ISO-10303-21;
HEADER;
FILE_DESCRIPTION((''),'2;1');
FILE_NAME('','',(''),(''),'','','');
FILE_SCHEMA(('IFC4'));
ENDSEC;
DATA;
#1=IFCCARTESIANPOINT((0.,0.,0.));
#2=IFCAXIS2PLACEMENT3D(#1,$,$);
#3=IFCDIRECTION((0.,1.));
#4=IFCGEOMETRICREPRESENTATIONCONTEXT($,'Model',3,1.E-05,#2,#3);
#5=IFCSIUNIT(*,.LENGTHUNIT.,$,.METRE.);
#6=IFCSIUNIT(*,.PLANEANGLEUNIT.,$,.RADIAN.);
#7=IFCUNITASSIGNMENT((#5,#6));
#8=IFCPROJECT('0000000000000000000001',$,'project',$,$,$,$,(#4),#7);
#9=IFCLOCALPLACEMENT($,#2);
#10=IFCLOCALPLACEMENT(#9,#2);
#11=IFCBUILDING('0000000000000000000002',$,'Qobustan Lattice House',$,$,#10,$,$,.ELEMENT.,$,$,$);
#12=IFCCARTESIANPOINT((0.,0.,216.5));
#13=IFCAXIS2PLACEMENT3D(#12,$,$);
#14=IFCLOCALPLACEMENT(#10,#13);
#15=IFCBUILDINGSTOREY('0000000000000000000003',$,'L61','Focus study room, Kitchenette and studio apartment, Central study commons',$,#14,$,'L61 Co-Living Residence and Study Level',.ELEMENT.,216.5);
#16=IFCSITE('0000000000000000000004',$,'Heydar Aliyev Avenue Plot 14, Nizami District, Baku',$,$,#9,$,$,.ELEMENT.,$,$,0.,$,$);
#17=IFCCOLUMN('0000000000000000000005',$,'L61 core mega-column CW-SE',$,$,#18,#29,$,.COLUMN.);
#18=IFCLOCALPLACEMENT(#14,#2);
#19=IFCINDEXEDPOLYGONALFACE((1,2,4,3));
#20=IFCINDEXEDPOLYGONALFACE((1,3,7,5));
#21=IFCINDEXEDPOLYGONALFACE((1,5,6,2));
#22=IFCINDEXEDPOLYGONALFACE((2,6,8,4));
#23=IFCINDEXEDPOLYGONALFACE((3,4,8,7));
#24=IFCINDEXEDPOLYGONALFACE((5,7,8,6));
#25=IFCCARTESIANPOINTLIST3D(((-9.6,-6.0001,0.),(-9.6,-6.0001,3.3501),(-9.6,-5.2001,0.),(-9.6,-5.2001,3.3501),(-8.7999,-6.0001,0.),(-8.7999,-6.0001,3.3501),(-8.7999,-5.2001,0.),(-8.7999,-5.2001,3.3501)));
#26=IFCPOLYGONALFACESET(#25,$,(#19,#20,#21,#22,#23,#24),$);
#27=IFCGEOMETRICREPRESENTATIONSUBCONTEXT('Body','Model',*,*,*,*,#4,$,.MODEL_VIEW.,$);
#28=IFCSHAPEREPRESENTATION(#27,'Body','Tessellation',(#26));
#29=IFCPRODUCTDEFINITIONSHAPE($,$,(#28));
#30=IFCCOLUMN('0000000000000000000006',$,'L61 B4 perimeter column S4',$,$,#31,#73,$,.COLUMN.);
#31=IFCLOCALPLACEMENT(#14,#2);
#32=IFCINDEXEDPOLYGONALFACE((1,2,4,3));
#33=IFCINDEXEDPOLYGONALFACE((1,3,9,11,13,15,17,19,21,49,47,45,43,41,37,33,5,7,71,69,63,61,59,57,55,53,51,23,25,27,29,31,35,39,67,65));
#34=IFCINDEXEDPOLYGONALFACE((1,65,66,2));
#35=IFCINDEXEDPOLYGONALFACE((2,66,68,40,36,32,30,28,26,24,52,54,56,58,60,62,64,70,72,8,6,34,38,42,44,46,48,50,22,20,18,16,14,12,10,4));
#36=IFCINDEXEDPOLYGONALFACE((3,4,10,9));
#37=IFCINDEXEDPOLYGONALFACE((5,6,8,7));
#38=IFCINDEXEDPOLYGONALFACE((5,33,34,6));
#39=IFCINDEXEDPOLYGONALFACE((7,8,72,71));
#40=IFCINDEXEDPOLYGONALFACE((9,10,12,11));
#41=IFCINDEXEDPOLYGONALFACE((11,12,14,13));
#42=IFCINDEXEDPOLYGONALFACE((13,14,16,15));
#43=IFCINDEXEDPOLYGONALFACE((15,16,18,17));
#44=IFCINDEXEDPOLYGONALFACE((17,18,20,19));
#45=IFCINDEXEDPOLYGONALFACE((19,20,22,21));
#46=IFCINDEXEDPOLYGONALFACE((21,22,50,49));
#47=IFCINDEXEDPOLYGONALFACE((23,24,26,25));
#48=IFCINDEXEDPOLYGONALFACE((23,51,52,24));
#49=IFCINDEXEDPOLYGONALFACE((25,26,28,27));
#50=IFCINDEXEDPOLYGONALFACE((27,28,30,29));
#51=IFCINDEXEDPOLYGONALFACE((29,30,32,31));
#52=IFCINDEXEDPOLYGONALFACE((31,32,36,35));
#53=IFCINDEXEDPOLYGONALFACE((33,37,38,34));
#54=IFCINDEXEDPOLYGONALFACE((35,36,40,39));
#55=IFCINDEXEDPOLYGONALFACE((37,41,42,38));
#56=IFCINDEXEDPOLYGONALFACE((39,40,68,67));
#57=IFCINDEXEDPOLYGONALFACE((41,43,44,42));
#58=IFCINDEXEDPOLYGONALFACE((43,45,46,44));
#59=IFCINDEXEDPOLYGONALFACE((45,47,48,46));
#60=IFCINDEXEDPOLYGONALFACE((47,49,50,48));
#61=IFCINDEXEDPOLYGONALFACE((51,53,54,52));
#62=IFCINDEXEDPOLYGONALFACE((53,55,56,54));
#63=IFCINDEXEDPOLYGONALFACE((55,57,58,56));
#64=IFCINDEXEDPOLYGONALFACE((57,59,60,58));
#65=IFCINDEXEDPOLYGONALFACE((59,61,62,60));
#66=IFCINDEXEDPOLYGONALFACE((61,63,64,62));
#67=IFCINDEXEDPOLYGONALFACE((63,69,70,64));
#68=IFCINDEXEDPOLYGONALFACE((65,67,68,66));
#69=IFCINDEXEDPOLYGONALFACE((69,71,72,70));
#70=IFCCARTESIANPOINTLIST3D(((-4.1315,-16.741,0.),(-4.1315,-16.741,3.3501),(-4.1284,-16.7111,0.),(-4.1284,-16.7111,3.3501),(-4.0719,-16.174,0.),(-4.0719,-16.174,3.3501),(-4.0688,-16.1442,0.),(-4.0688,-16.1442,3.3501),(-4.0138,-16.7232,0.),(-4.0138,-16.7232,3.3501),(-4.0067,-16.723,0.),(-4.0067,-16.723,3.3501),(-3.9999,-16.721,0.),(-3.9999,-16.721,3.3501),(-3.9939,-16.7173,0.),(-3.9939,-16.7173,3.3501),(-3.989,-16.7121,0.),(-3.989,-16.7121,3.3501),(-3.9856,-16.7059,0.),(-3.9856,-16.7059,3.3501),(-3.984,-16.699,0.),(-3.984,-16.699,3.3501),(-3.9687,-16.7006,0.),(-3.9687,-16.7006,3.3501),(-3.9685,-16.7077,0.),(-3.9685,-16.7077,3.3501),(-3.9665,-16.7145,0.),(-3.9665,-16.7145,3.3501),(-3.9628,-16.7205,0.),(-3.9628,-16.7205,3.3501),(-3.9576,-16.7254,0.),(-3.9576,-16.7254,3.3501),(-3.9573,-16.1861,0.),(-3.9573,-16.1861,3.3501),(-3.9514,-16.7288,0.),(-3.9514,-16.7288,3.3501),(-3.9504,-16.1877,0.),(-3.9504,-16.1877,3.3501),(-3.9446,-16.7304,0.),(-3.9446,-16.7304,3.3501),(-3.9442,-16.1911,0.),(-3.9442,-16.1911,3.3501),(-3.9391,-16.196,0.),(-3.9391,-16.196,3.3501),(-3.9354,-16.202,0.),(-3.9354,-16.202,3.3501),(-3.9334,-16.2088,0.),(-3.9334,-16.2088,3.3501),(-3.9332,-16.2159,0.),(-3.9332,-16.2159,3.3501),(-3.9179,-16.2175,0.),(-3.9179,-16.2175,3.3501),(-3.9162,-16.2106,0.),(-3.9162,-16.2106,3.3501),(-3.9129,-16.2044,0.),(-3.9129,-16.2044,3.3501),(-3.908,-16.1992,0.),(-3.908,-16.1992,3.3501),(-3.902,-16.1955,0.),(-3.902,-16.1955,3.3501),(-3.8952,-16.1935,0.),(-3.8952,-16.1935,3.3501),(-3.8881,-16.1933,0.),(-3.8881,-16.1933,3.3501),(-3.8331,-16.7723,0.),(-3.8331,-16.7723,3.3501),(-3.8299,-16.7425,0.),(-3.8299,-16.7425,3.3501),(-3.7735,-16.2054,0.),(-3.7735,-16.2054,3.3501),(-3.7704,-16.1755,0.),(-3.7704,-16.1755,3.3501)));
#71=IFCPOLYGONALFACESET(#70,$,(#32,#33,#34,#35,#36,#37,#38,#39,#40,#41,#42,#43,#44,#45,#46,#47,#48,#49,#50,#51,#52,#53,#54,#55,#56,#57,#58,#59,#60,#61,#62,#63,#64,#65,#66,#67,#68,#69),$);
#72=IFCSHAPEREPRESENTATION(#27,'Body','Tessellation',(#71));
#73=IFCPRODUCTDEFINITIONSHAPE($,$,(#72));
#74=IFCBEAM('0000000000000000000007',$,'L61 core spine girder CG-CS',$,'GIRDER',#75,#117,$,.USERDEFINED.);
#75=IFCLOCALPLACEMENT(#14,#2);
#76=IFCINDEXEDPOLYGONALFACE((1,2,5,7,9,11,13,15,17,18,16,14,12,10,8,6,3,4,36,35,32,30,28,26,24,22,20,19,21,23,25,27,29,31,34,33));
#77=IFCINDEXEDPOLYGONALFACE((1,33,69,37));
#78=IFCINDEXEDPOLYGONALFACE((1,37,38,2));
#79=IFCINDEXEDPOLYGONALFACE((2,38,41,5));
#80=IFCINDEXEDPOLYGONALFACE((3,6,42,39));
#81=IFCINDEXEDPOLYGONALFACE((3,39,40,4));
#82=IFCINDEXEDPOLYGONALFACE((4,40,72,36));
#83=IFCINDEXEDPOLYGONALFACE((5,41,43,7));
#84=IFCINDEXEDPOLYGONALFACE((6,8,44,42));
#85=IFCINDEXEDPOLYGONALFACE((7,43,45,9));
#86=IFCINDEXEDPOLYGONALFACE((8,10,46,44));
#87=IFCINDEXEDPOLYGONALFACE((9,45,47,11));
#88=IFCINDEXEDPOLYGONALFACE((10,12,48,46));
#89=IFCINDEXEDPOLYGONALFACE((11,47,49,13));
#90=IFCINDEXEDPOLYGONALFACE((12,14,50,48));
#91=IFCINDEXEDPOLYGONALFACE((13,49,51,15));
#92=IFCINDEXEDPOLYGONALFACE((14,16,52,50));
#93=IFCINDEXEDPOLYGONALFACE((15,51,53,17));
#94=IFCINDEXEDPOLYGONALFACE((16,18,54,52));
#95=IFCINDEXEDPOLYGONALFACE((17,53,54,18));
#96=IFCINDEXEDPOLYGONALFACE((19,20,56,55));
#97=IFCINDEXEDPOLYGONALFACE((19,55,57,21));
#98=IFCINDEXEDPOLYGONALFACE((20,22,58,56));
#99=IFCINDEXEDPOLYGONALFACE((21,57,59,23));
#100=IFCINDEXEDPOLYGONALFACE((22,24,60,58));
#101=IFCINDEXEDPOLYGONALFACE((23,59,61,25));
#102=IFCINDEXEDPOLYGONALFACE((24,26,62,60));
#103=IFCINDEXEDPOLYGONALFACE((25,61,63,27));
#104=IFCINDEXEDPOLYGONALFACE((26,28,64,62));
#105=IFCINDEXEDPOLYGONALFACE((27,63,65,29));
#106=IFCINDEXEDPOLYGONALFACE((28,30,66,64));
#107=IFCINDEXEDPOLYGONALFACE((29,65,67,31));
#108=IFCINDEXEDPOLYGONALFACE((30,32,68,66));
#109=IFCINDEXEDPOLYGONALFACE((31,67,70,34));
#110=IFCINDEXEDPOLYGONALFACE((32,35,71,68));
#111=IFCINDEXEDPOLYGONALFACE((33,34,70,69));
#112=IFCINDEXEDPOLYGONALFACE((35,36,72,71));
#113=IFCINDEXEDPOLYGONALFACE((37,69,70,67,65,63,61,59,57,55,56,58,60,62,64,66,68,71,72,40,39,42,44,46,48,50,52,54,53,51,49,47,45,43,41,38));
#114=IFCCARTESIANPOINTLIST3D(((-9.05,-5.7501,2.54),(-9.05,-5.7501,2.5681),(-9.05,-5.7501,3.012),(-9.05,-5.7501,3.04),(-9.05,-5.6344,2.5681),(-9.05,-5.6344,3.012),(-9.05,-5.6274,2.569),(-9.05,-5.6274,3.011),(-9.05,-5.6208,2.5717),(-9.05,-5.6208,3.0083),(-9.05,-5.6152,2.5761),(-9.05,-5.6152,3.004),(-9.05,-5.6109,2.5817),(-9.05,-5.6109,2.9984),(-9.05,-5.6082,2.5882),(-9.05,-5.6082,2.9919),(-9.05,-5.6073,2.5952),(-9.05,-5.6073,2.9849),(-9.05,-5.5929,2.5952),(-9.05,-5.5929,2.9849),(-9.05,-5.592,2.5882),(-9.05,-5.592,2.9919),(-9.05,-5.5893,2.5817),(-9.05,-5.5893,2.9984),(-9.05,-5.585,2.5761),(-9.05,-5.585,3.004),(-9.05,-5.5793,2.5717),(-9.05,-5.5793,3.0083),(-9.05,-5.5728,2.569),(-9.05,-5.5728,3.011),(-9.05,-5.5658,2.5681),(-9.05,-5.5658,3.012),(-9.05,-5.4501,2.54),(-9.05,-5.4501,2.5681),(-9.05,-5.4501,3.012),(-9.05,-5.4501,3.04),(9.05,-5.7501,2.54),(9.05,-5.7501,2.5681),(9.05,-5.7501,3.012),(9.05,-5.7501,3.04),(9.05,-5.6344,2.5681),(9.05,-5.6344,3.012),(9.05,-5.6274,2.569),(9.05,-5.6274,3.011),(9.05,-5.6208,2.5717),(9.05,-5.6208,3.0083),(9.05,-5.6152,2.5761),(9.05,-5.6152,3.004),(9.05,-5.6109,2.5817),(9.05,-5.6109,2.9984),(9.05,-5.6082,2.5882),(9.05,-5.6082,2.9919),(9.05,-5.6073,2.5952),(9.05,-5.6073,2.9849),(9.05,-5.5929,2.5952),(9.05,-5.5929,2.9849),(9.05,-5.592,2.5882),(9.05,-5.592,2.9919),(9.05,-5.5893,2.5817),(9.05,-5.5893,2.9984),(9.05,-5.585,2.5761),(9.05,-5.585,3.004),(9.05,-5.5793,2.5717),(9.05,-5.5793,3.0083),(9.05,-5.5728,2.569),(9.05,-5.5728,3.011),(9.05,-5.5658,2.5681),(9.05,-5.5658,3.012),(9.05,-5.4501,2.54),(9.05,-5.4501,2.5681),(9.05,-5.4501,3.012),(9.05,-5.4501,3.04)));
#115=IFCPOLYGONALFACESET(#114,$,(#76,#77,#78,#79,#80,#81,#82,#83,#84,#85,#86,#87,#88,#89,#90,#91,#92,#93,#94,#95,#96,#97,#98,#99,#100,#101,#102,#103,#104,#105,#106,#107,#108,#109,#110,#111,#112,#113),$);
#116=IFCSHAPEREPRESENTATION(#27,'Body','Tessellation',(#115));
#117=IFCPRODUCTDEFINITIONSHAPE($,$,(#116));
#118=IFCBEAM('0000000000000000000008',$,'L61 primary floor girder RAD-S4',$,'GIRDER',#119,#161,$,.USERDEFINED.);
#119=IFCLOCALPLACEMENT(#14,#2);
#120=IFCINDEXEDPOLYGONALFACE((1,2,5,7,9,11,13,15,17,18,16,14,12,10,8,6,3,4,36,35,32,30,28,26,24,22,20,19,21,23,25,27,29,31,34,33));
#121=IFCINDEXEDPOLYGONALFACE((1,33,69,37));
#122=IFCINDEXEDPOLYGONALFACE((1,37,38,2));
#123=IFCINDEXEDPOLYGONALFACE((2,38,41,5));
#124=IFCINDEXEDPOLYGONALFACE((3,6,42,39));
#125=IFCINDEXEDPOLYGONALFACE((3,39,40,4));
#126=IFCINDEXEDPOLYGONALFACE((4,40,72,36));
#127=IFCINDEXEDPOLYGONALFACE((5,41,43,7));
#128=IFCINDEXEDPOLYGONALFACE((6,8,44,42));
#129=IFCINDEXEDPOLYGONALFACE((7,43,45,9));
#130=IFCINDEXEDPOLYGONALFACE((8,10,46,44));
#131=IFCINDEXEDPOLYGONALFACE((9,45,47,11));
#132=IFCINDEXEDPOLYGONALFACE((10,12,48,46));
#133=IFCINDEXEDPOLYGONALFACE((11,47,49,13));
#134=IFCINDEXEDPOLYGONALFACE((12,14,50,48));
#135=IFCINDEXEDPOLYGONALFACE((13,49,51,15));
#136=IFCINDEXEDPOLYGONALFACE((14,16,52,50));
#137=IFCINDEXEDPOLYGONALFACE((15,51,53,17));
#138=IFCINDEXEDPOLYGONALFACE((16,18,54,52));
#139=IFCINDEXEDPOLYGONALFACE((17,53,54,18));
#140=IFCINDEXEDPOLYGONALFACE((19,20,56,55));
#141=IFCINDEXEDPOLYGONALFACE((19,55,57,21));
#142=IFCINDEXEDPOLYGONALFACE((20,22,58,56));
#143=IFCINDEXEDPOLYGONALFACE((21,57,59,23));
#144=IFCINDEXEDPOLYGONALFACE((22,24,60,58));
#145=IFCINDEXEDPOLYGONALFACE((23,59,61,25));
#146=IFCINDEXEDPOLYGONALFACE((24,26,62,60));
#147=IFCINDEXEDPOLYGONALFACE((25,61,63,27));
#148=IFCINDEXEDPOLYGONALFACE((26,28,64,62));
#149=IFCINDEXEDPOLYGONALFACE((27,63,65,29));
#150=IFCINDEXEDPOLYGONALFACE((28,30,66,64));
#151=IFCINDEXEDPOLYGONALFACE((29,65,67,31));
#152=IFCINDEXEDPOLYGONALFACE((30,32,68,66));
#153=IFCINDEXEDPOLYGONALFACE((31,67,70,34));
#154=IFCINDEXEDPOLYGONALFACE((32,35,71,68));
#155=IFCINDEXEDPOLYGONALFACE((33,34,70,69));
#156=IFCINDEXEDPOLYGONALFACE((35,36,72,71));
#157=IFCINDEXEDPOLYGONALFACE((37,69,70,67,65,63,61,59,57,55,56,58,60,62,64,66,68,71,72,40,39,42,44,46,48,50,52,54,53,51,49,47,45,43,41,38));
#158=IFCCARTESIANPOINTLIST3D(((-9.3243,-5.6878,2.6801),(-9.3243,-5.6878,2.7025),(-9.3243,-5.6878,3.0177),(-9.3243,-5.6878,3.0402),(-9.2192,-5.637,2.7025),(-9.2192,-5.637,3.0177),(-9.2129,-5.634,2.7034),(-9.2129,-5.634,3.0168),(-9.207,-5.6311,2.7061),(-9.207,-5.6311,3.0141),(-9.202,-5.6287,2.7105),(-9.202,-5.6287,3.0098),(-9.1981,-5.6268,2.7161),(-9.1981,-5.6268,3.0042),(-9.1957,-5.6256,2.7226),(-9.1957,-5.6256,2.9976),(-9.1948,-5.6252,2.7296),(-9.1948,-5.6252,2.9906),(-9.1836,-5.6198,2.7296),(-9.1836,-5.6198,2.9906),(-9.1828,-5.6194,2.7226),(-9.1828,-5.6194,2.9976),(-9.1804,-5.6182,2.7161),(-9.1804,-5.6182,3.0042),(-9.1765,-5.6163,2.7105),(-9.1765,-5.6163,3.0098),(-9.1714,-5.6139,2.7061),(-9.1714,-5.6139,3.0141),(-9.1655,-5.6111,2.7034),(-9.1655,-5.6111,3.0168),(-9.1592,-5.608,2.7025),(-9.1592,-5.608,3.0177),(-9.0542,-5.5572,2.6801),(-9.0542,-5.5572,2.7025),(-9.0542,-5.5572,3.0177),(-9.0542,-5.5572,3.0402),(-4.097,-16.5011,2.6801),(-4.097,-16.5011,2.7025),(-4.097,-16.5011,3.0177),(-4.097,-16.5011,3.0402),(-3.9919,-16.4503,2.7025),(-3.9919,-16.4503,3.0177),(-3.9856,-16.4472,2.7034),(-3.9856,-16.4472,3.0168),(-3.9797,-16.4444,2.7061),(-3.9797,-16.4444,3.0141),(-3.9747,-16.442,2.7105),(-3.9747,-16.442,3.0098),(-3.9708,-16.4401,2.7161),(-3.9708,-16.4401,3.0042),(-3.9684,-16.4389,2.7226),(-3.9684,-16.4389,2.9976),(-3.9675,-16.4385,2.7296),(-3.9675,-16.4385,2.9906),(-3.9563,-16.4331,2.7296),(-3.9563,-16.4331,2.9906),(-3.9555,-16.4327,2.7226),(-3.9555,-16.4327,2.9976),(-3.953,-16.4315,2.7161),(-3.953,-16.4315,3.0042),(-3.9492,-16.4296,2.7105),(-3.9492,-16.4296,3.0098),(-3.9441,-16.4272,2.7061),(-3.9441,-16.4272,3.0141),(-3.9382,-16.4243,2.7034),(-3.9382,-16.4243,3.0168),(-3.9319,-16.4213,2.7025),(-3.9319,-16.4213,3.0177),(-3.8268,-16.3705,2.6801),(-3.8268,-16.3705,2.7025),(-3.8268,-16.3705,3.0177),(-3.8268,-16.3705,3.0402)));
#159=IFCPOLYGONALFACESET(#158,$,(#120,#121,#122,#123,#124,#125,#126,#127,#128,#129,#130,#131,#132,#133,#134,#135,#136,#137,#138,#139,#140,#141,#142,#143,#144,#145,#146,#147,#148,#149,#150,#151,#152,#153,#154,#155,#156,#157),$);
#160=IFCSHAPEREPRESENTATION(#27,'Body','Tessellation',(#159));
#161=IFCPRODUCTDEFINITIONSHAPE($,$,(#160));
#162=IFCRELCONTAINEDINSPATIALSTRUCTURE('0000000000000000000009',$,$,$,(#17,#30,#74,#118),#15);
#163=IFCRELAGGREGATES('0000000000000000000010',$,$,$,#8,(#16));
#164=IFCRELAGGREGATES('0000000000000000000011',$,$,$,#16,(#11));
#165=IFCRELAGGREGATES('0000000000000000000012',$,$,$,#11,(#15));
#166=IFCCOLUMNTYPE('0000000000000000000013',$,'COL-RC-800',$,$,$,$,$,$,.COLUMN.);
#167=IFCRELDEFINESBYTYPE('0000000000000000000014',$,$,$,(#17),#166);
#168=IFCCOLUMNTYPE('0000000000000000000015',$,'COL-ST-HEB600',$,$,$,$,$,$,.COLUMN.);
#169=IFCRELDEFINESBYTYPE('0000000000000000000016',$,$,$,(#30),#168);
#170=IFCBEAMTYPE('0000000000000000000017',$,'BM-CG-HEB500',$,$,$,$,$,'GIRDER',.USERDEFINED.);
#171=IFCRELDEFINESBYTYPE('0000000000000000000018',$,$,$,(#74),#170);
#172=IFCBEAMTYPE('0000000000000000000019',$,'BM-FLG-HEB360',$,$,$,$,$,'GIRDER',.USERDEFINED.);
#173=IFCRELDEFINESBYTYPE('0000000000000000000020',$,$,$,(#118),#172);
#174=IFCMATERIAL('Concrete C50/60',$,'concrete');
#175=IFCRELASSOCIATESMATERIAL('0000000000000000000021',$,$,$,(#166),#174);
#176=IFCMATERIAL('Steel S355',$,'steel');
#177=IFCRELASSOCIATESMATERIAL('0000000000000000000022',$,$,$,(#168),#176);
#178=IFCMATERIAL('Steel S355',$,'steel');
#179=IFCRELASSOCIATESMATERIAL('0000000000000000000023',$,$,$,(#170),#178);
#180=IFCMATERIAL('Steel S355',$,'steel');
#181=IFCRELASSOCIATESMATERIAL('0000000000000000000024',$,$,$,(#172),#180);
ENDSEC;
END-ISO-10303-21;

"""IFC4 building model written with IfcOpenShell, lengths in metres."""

from ifc_helpers import new_model, si_unit, direction, frame, origin, origin_2d, place, context, subcontext, project, spatial, rectangle, i_section, extrude, material, material_profile, profile_set, type_object, element, save


model = new_model("IFC4")

# Units and contexts
model_context = context("Model", 3, precision=1e-05, world=origin(), true_north=direction((0.0, 1.0)))
body_context = subcontext(model_context, "Body", "Model", "MODEL_VIEW")
ifc_project = project(units=[si_unit("LENGTHUNIT", "METRE"), si_unit("PLANEANGLEUNIT", "RADIAN")], contexts=[model_context])

# Site, building, storey
site_placement = place(None, origin())
site = spatial("IfcSite", under=ifc_project, at=site_placement, Name="Heydar Aliyev Avenue Plot 14, Nizami District, Baku", CompositionType="ELEMENT", RefElevation=0.0)
building_placement = place(site_placement, origin())
building = spatial("IfcBuilding", under=site, at=building_placement, Name="Qobustan Lattice House", CompositionType="ELEMENT")
storey_placement = place(building_placement, frame((0.0, 0.0, 216.5)))
storey = spatial("IfcBuildingStorey", under=building, at=storey_placement, Name="L61", Description="Focus study room, Kitchenette and studio apartment, Central study commons", LongName="L61 Co-Living Residence and Study Level", CompositionType="ELEMENT", Elevation=216.5)

# Columns
ifc_material_1 = material(Name="Concrete C50/60", Category="concrete")
ifc_material_profile_1 = material_profile(ifc_material_1, rectangle(XDim=0.8, YDim=0.8, at=origin_2d()), Name="RC800x800")
ifc_profile_set_1 = profile_set([ifc_material_profile_1], Name="Concrete C50/60")
column_type_1 = type_object("IfcColumnType", Name="COL-RC-800", PredefinedType="COLUMN", material=ifc_profile_set_1)
column_1_placement = place(storey_placement, frame((-9.2, -5.6001, 0.0), z_axis=(0.0, 0.0, 1.0), x_axis=(1.0, 0.0, 0.0)))
element("IfcColumn", 1, at=column_1_placement, inside=storey, type_object=column_type_1, Name="L61 core mega-column CW-SE", PredefinedType="COLUMN", context=body_context, shape_type="SweptSolid", body=[
    extrude(rectangle(XDim=0.8, YDim=0.8, at=origin_2d()), origin(), (0.0, 0.0, 1.0), 3.3501),
])
ifc_material_2 = material(Name="Steel S355", Category="steel")
ifc_material_profile_2 = material_profile(ifc_material_2, i_section(OverallWidth=0.3, OverallDepth=0.6001, WebThickness=0.0154, FlangeThickness=0.03, FilletRadius=0.0271, at=origin_2d()), Name="HEB600")
ifc_profile_set_2 = profile_set([ifc_material_profile_2], Name="Steel S355")
column_type_2 = type_object("IfcColumnType", Name="COL-ST-HEB600", PredefinedType="COLUMN", material=ifc_profile_set_2)
column_2_placement = place(storey_placement, frame((-3.9509, -16.4583, 0.0), z_axis=(0.0, 0.0, 1.0), x_axis=(0.994522, -0.104528, 0.0)))
element("IfcColumn", 2, at=column_2_placement, inside=storey, type_object=column_type_2, Name="L61 B4 perimeter column S4", PredefinedType="COLUMN", context=body_context, shape_type="SweptSolid", body=[
    extrude(i_section(OverallWidth=0.3, OverallDepth=0.6001, WebThickness=0.0154, FlangeThickness=0.03, FilletRadius=0.0271, at=origin_2d()), origin(), (0.0, 0.0, 1.0), 3.3501),
])

# Beams
ifc_material_3 = material(Name="Steel S355", Category="steel")
ifc_material_profile_3 = material_profile(ifc_material_3, i_section(OverallWidth=0.3, OverallDepth=0.5, WebThickness=0.0144, FlangeThickness=0.0281, FilletRadius=0.0271, at=origin_2d()), Name="HEB500")
ifc_profile_set_3 = profile_set([ifc_material_profile_3], Name="Steel S355")
beam_type_1 = type_object("IfcBeamType", Name="BM-CG-HEB500", ElementType="GIRDER", PredefinedType="USERDEFINED", material=ifc_profile_set_3)
beam_1_placement = place(storey_placement, frame((-9.05, -5.6001, 2.79), z_axis=(1.0, 0.0, 0.0), x_axis=(0.0, 1.0, 0.0)))
element("IfcBeam", 3, at=beam_1_placement, inside=storey, type_object=beam_type_1, Name="L61 core spine girder CG-CS", ObjectType="GIRDER", PredefinedType="USERDEFINED", context=body_context, shape_type="SweptSolid", body=[
    extrude(i_section(OverallWidth=0.3, OverallDepth=0.5, WebThickness=0.0144, FlangeThickness=0.0281, FilletRadius=0.0271, at=origin_2d()), origin(), (0.0, 0.0, 1.0), 18.1001),
])
ifc_material_4 = material(Name="Steel S355", Category="steel")
ifc_material_profile_4 = material_profile(ifc_material_4, i_section(OverallWidth=0.3, OverallDepth=0.3601, WebThickness=0.0125, FlangeThickness=0.0225, FilletRadius=0.0271, at=origin_2d()), Name="HEB360")
ifc_profile_set_4 = profile_set([ifc_material_profile_4], Name="Steel S355")
beam_type_2 = type_object("IfcBeamType", Name="BM-FLG-HEB360", ElementType="GIRDER", PredefinedType="USERDEFINED", material=ifc_profile_set_4)
beam_2_placement = place(storey_placement, frame((-3.9619, -16.4358, 2.8601), z_axis=(-0.435229, 0.90032, 0.0), x_axis=(-0.90032, -0.435229, 0.0)))
element("IfcBeam", 4, at=beam_2_placement, inside=storey, type_object=beam_type_2, Name="L61 primary floor girder RAD-S4", ObjectType="GIRDER", PredefinedType="USERDEFINED", context=body_context, shape_type="SweptSolid", body=[
    extrude(i_section(OverallWidth=0.3, OverallDepth=0.3601, WebThickness=0.0125, FlangeThickness=0.0225, FilletRadius=0.0271, at=origin_2d()), origin(), (0.0, 0.0, 1.0), 12.0105),
])

save(model, "model.ifc")
